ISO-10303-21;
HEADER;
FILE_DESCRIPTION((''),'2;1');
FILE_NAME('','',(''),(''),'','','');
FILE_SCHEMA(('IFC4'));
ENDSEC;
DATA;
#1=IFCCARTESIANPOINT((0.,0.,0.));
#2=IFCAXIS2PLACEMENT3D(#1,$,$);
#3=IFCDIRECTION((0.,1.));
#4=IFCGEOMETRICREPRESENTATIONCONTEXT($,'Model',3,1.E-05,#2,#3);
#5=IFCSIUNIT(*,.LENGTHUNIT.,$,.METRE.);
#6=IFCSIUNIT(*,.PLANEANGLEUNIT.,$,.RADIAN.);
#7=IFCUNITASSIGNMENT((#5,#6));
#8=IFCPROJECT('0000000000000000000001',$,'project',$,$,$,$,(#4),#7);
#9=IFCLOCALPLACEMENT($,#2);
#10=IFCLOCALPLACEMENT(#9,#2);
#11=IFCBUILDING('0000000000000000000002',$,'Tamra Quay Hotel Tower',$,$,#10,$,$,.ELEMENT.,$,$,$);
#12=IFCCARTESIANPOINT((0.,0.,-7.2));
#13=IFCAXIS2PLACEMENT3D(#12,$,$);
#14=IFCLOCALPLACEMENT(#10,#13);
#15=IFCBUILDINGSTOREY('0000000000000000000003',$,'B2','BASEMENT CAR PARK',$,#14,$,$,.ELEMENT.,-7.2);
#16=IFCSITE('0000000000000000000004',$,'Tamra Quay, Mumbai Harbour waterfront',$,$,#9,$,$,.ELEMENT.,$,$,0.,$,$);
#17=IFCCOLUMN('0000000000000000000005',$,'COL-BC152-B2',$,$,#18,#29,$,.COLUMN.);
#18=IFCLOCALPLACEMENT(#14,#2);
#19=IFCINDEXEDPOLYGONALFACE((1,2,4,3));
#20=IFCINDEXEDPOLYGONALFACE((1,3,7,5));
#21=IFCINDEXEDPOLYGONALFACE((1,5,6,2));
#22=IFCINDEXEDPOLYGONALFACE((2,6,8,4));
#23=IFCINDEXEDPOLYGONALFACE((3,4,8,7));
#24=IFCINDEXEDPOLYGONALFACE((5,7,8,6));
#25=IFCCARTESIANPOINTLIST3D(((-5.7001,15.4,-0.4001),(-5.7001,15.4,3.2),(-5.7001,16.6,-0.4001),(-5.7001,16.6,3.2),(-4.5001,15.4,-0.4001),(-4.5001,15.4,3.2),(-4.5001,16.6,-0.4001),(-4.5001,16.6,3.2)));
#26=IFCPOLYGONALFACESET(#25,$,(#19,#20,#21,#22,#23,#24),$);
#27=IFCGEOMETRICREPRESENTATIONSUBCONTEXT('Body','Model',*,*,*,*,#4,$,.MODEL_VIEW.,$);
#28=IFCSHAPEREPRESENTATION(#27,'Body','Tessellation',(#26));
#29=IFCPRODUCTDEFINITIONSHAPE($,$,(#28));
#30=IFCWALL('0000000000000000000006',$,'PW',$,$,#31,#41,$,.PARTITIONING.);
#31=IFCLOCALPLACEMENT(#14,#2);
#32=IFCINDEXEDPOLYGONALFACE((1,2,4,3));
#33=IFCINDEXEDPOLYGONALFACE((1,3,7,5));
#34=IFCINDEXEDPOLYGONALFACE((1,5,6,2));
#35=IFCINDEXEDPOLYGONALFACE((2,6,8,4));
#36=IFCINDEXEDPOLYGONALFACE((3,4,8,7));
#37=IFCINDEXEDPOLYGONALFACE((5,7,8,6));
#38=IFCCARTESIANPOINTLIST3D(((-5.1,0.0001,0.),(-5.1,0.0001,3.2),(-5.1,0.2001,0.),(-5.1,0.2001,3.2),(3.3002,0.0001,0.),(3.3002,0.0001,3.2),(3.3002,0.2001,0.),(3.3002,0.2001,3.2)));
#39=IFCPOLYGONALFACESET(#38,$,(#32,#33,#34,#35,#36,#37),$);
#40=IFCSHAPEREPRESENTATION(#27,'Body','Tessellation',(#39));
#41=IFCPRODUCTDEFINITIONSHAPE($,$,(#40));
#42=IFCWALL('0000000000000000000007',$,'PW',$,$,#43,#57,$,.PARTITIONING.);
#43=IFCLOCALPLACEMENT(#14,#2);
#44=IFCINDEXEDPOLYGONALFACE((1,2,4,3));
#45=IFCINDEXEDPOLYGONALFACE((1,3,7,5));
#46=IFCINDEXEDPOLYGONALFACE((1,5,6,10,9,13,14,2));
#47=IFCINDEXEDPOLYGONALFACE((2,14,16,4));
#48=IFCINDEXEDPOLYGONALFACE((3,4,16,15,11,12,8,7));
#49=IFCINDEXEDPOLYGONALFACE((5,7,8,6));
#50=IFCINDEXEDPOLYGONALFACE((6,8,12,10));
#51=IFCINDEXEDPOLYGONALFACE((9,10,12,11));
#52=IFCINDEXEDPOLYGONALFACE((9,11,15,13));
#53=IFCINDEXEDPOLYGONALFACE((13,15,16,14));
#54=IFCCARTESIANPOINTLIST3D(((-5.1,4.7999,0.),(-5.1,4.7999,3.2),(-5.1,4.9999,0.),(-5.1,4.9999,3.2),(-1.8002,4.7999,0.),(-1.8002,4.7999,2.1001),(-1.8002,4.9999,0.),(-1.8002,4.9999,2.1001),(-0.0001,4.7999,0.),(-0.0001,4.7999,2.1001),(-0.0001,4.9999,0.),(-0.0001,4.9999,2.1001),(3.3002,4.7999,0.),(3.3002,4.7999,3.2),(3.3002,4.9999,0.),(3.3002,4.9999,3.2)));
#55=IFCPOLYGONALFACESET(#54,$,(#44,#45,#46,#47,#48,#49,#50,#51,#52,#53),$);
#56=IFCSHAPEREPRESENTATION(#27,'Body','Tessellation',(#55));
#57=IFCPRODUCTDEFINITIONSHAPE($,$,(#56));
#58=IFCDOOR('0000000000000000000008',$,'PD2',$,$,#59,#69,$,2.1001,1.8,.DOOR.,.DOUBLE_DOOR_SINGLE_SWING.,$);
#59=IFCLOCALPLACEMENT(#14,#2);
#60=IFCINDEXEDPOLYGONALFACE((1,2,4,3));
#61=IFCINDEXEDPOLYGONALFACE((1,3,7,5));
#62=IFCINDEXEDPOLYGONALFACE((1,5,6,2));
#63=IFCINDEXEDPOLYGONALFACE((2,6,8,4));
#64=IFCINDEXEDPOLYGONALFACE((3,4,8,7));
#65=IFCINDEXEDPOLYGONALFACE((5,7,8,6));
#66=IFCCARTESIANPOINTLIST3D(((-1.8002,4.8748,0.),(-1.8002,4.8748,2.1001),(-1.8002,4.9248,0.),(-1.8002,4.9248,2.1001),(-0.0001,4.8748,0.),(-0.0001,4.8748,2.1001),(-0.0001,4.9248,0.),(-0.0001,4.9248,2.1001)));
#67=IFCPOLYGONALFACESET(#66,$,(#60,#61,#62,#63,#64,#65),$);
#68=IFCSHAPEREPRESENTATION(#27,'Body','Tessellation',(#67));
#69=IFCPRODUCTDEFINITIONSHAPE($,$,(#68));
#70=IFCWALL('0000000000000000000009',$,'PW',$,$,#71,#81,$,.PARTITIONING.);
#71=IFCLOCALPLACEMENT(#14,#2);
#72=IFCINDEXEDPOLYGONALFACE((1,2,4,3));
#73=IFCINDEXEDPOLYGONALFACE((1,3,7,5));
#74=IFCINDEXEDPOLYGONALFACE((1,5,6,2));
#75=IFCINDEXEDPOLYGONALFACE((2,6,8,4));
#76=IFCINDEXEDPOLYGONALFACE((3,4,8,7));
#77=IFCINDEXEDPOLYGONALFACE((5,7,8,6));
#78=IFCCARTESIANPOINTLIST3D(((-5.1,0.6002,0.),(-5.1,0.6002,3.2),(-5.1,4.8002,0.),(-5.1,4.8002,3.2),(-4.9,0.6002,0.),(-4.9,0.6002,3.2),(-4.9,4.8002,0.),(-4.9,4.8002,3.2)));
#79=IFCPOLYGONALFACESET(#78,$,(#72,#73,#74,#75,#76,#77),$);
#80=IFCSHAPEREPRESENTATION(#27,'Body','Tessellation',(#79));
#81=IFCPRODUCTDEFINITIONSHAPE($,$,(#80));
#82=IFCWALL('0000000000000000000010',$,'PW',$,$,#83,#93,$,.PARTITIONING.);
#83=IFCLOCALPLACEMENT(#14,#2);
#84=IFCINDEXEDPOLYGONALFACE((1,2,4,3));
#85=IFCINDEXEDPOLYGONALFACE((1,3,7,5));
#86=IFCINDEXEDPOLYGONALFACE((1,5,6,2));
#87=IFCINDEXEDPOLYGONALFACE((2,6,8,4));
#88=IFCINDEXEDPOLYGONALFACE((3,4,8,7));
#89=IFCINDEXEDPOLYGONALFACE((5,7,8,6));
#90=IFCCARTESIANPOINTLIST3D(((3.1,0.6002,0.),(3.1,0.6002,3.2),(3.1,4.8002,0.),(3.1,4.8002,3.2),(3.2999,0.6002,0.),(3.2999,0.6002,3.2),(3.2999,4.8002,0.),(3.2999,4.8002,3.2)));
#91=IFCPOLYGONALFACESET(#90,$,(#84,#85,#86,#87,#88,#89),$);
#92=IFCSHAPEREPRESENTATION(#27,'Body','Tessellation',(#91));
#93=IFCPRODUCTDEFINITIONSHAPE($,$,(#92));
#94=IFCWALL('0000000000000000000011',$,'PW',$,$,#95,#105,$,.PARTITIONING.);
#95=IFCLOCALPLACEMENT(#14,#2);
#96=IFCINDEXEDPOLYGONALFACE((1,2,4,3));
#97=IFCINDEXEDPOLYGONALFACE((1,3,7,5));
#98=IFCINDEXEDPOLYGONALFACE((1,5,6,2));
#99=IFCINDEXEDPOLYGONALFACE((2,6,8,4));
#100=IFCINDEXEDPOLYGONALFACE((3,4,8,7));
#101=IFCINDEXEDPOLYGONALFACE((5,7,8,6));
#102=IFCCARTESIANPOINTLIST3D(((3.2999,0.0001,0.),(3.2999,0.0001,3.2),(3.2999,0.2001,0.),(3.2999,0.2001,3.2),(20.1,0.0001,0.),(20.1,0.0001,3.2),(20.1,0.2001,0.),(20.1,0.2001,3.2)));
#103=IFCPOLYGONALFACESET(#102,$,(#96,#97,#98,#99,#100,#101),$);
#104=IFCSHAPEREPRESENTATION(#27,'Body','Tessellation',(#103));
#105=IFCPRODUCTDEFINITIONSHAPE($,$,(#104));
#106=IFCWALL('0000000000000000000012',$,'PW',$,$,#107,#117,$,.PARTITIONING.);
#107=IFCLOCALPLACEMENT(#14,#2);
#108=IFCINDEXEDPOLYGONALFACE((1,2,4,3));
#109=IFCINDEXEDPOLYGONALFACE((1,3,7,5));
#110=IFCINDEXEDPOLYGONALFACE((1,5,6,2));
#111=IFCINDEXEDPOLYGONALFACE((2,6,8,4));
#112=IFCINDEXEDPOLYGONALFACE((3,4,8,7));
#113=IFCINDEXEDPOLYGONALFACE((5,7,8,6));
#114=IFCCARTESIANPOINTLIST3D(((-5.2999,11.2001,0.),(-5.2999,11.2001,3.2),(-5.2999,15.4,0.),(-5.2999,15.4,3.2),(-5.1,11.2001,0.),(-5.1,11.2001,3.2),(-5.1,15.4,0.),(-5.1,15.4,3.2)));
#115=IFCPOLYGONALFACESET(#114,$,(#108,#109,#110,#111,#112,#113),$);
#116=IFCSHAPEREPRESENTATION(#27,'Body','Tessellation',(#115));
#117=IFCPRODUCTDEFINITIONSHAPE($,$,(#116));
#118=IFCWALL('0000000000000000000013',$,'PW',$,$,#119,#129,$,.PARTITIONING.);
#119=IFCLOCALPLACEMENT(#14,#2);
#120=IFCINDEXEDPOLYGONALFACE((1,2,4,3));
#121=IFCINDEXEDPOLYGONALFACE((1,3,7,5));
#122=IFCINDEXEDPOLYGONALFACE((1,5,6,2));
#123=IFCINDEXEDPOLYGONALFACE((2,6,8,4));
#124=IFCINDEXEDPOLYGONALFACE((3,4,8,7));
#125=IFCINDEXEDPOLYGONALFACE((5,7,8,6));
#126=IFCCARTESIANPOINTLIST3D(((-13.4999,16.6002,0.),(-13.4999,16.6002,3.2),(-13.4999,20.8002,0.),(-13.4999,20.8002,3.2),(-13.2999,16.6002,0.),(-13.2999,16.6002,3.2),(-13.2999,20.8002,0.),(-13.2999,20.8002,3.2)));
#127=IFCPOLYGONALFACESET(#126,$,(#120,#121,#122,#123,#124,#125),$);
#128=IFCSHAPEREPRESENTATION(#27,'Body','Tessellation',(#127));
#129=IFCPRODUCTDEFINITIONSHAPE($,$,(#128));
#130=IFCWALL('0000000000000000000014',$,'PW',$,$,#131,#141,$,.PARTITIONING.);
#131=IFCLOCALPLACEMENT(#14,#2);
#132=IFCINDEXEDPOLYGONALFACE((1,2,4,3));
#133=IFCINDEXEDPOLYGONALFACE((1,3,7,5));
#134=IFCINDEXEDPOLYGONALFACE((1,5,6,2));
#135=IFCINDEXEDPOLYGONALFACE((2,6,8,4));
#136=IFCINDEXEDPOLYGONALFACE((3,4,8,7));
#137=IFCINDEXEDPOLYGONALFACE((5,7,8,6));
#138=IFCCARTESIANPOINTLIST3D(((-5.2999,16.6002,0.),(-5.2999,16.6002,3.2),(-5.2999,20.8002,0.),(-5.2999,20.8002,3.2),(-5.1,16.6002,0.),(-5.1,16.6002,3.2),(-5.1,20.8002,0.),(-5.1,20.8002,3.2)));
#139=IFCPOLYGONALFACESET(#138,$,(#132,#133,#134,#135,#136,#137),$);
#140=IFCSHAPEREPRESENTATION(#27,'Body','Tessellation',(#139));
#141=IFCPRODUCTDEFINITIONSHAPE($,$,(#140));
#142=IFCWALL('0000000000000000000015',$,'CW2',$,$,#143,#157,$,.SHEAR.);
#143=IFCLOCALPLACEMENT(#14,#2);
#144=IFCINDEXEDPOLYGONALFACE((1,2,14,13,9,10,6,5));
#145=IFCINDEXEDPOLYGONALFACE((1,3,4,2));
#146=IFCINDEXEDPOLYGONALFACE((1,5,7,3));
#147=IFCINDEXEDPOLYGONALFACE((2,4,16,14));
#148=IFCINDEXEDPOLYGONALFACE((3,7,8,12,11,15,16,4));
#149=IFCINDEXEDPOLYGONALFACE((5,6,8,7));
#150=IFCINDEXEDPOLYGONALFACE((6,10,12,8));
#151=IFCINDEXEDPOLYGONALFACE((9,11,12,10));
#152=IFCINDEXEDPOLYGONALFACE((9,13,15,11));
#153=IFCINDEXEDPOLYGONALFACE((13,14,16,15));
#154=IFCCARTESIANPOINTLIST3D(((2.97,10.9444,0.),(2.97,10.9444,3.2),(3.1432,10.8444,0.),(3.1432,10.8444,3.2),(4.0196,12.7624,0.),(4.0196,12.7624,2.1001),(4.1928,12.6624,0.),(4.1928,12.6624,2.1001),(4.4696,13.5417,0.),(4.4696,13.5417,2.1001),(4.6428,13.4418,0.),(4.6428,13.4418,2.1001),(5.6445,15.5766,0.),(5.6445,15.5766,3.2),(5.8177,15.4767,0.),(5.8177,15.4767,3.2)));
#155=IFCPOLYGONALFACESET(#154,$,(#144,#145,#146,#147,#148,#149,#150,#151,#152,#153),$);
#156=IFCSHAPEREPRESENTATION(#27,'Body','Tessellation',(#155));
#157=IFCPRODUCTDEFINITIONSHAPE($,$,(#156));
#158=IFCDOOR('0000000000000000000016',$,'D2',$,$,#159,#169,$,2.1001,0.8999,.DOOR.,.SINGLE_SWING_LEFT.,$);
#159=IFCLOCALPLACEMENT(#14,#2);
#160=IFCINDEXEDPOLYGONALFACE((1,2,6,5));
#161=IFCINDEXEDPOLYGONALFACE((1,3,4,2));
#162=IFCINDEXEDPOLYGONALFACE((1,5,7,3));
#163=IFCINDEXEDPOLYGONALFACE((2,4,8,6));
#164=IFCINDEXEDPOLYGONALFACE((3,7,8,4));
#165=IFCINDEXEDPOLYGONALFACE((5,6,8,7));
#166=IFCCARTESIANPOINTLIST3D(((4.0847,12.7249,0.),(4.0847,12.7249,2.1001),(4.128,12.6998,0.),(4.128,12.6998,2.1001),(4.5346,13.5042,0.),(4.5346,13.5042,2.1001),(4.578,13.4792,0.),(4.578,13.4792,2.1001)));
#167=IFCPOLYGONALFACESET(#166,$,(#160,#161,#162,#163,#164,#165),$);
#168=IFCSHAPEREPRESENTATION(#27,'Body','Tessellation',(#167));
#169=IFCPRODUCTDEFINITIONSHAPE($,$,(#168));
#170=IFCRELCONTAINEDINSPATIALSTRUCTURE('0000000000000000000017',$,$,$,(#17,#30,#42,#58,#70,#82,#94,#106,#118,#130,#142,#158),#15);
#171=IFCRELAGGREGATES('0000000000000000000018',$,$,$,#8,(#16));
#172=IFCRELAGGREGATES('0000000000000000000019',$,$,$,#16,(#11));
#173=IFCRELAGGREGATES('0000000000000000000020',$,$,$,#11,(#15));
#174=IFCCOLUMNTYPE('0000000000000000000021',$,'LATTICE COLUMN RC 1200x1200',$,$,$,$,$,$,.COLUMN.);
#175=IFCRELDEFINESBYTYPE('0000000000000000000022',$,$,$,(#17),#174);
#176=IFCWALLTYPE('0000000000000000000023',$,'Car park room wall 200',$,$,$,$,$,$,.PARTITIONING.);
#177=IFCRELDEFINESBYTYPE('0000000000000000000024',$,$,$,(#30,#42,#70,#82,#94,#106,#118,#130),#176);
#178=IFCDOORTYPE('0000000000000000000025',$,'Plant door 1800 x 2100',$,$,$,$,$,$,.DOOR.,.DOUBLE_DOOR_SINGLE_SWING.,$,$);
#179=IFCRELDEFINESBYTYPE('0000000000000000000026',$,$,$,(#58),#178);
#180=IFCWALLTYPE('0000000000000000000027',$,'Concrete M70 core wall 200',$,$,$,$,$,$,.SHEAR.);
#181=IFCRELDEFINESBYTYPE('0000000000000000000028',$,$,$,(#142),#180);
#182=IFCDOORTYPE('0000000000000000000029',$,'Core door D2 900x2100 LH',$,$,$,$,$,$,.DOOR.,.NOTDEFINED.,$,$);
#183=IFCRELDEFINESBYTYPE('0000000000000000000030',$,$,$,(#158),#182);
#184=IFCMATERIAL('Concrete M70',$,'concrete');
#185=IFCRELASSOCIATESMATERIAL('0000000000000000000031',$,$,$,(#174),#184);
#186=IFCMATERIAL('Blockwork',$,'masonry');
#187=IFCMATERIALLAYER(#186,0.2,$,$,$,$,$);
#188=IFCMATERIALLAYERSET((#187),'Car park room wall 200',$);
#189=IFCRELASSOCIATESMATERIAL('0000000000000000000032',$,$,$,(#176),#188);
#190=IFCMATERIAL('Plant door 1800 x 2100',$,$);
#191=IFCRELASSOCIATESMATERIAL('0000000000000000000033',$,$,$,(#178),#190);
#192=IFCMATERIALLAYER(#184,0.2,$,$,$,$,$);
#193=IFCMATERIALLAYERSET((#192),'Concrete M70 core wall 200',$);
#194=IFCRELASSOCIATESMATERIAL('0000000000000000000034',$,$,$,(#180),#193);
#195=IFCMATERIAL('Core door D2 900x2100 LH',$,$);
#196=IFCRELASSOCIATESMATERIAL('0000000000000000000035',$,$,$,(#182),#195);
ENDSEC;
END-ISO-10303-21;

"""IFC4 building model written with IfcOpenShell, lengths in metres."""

from ifc_helpers import new_model, si_unit, direction, frame, frame_2d, origin, origin_2d, place, context, subcontext, project, spatial, rectangle, extrude, material, layer, layer_set, material_profile, profile_set, type_object, element, fill, save


model = new_model("IFC4")

# Units and contexts
model_context = context("Model", 3, precision=1e-05, world=origin(), true_north=direction((0.0, 1.0)))
body_context = subcontext(model_context, "Body", "Model", "MODEL_VIEW")
ifc_project = project(units=[si_unit("LENGTHUNIT", "METRE"), si_unit("PLANEANGLEUNIT", "RADIAN")], contexts=[model_context])

# Site, building, storey
site_placement = place(None, origin())
site = spatial("IfcSite", under=ifc_project, at=site_placement, Name="Tamra Quay, Mumbai Harbour waterfront", CompositionType="ELEMENT", RefElevation=0.0)
building_placement = place(site_placement, origin())
building = spatial("IfcBuilding", under=site, at=building_placement, Name="Tamra Quay Hotel Tower", CompositionType="ELEMENT")
storey_placement = place(building_placement, frame((0.0, 0.0, -7.2)))
storey = spatial("IfcBuildingStorey", under=building, at=storey_placement, Name="B2", Description="BASEMENT CAR PARK", CompositionType="ELEMENT", Elevation=-7.2)

# Column
ifc_material_1 = material(Name="Concrete M70", Category="concrete")
ifc_material_profile = material_profile(ifc_material_1, rectangle(XDim=1.2, YDim=1.2, at=origin_2d()), Name="LATTICE COLUMN RC 1200x1200")
ifc_profile_set = profile_set([ifc_material_profile], Name="Concrete M70")
column_type = type_object("IfcColumnType", Name="LATTICE COLUMN RC 1200x1200", PredefinedType="COLUMN", material=ifc_profile_set)
column_placement = place(storey_placement, frame((-5.1001, 16.0, -0.4001), z_axis=(0.0, 0.0, 1.0), x_axis=(1.0, 0.0, 0.0)))
element("IfcColumn", 1, at=column_placement, inside=storey, type_object=column_type, Name="COL-BC152-B2", PredefinedType="COLUMN", context=body_context, shape_type="SweptSolid", body=[
    extrude(rectangle(XDim=1.2, YDim=1.2, at=origin_2d()), origin(), (0.0, 0.0, 1.0), 3.6001),
])

# Wall
ifc_material_2 = material(Name="Blockwork", Category="masonry")
ifc_layer_1 = layer(ifc_material_2, 0.2)
ifc_layer_set_1 = layer_set([ifc_layer_1], Name="Car park room wall 200")
wall_type_1 = type_object("IfcWallType", Name="Car park room wall 200", PredefinedType="PARTITIONING", material=ifc_layer_set_1)
wall_1_placement = place(storey_placement, frame((-5.1001, 0.1001, 0.0), z_axis=(0.0, 0.0, 1.0), x_axis=(1.0, 0.0, 0.0)))
element("IfcWall", 2, at=wall_1_placement, inside=storey, type_object=wall_type_1, Name="PW", PredefinedType="PARTITIONING", context=body_context, shape_type="SweptSolid", body=[
    extrude(rectangle(XDim=8.4001, YDim=0.2, at=frame_2d((4.2002, 0.0))), origin(), (0.0, 0.0, 1.0), 3.2),
])

# Wall, opening, door
wall_2_placement = place(storey_placement, frame((-5.1001, 4.8999, 0.0), z_axis=(0.0, 0.0, 1.0), x_axis=(1.0, 0.0, 0.0)))
wall_2 = element("IfcWall", 3, at=wall_2_placement, inside=storey, type_object=wall_type_1, Name="PW", PredefinedType="PARTITIONING", context=body_context, shape_type="SweptSolid", body=[
    extrude(rectangle(XDim=8.4001, YDim=0.2, at=frame_2d((4.2002, 0.0))), origin(), (0.0, 0.0, 1.0), 3.2),
])
opening_1_placement = place(wall_2_placement, frame((3.3, 0.0, 0.0)))
opening_1 = element("IfcOpeningElement", 4, at=opening_1_placement, cuts=wall_2, PredefinedType="OPENING", context=body_context, shape_type="SweptSolid", body=[
    extrude(rectangle(XDim=1.8, YDim=2.1001, at=frame_2d((0.8999, 1.05))), frame((0.0, 0.1099, 0.0), z_axis=(0.0, -1.0, 0.0), x_axis=(1.0, 0.0, 0.0)), (0.0, 0.0, 1.0), 0.22),
])
ifc_material_3 = material(Name="Plant door 1800 x 2100")
door_type_1 = type_object("IfcDoorType", Name="Plant door 1800 x 2100", OperationType="DOUBLE_DOOR_SINGLE_SWING", PredefinedType="DOOR", material=ifc_material_3)
door_1_placement = place(opening_1_placement, origin())
door_1 = element("IfcDoor", 5, at=door_1_placement, inside=storey, type_object=door_type_1, Name="PD2", OperationType="DOUBLE_DOOR_SINGLE_SWING", OverallHeight=2.1001, OverallWidth=1.8, PredefinedType="DOOR", context=body_context, shape_type="SweptSolid", body=[
    extrude(rectangle(XDim=1.8, YDim=2.1001, at=frame_2d((0.8999, 1.05))), frame((0.0, 0.0249, 0.0), z_axis=(0.0, -1.0, 0.0), x_axis=(1.0, 0.0, 0.0)), (0.0, 0.0, 1.0), 0.05),
])
fill(opening_1, door_1)

# Walls
for number, where, z_axis, x_axis, name in (
    (6, (-5.0, 0.6001, 0.0), (0.0, 0.0, 1.0), (0.0, 1.0, 0.0), "PW"),
    (7, (3.2, 0.6001, 0.0), (0.0, 0.0, 1.0), (0.0, 1.0, 0.0), "PW"),
):
    element("IfcWall", number, at=place(storey_placement, frame(where, z_axis=z_axis, x_axis=x_axis)), inside=storey, type_object=wall_type_1, Name=name, PredefinedType="PARTITIONING", context=body_context, shape_type="SweptSolid", body=[
        extrude(rectangle(XDim=4.2, YDim=0.2, at=frame_2d((2.1001, 0.0))), origin(), (0.0, 0.0, 1.0), 3.2),
    ])
wall_3_placement = place(storey_placement, frame((3.3, 0.1001, 0.0), z_axis=(0.0, 0.0, 1.0), x_axis=(1.0, 0.0, 0.0)))
element("IfcWall", 8, at=wall_3_placement, inside=storey, type_object=wall_type_1, Name="PW", PredefinedType="PARTITIONING", context=body_context, shape_type="SweptSolid", body=[
    extrude(rectangle(XDim=16.8, YDim=0.2, at=frame_2d((8.3999, 0.0))), origin(), (0.0, 0.0, 1.0), 3.2),
])
for number, where, z_axis, x_axis, name in (
    (9, (-5.2, 11.2, 0.0), (0.0, 0.0, 1.0), (0.0, 1.0, 0.0), "PW"),
    (10, (-13.3999, 16.6001, 0.0), (0.0, 0.0, 1.0), (0.0, 1.0, 0.0), "PW"),
    (11, (-5.2, 16.6001, 0.0), (0.0, 0.0, 1.0), (0.0, 1.0, 0.0), "PW"),
):
    element("IfcWall", number, at=place(storey_placement, frame(where, z_axis=z_axis, x_axis=x_axis)), inside=storey, type_object=wall_type_1, Name=name, PredefinedType="PARTITIONING", context=body_context, shape_type="SweptSolid", body=[
        extrude(rectangle(XDim=4.2, YDim=0.2, at=frame_2d((2.1001, 0.0))), origin(), (0.0, 0.0, 1.0), 3.2),
    ])

# Wall, opening, door
ifc_layer_2 = layer(ifc_material_1, 0.2)
ifc_layer_set_2 = layer_set([ifc_layer_2], Name="Concrete M70 core wall 200")
wall_type_2 = type_object("IfcWallType", Name="Concrete M70 core wall 200", PredefinedType="SHEAR", material=ifc_layer_set_2)
wall_4_placement = place(storey_placement, frame((3.0566, 10.8945, 0.0), z_axis=(0.0, 0.0, 1.0), x_axis=(0.500012, 0.866018, 0.0)))
wall_4 = element("IfcWall", 12, at=wall_4_placement, inside=storey, type_object=wall_type_2, Name="CW2", PredefinedType="SHEAR", context=body_context, shape_type="SweptSolid", body=[
    extrude(rectangle(XDim=5.3489, YDim=0.2, at=frame_2d((2.6743, 0.0))), origin(), (0.0, 0.0, 1.0), 3.2),
])
opening_2_placement = place(wall_4_placement, frame((2.0991, 0.0, 0.0)))
opening_2 = element("IfcOpeningElement", 13, at=opening_2_placement, cuts=wall_4, PredefinedType="OPENING", context=body_context, shape_type="SweptSolid", body=[
    extrude(rectangle(XDim=0.8999, YDim=2.1001, at=frame_2d((0.45, 1.05))), frame((0.0, 0.1099, 0.0), z_axis=(0.0, -1.0, 0.0), x_axis=(1.0, 0.0, 0.0)), (0.0, 0.0, 1.0), 0.22),
])
ifc_material_4 = material(Name="Core door D2 900x2100 LH")
door_type_2 = type_object("IfcDoorType", Name="Core door D2 900x2100 LH", OperationType="NOTDEFINED", PredefinedType="DOOR", material=ifc_material_4)
door_2_placement = place(opening_2_placement, origin())
door_2 = element("IfcDoor", 14, at=door_2_placement, inside=storey, type_object=door_type_2, Name="D2", OperationType="SINGLE_SWING_LEFT", OverallHeight=2.1001, OverallWidth=0.8999, PredefinedType="DOOR", context=body_context, shape_type="SweptSolid", body=[
    extrude(rectangle(XDim=0.8999, YDim=2.1001, at=frame_2d((0.45, 1.05))), frame((0.0, 0.0249, 0.0), z_axis=(0.0, -1.0, 0.0), x_axis=(1.0, 0.0, 0.0)), (0.0, 0.0, 1.0), 0.05),
])
fill(opening_2, door_2)

save(model, "model.ifc")
